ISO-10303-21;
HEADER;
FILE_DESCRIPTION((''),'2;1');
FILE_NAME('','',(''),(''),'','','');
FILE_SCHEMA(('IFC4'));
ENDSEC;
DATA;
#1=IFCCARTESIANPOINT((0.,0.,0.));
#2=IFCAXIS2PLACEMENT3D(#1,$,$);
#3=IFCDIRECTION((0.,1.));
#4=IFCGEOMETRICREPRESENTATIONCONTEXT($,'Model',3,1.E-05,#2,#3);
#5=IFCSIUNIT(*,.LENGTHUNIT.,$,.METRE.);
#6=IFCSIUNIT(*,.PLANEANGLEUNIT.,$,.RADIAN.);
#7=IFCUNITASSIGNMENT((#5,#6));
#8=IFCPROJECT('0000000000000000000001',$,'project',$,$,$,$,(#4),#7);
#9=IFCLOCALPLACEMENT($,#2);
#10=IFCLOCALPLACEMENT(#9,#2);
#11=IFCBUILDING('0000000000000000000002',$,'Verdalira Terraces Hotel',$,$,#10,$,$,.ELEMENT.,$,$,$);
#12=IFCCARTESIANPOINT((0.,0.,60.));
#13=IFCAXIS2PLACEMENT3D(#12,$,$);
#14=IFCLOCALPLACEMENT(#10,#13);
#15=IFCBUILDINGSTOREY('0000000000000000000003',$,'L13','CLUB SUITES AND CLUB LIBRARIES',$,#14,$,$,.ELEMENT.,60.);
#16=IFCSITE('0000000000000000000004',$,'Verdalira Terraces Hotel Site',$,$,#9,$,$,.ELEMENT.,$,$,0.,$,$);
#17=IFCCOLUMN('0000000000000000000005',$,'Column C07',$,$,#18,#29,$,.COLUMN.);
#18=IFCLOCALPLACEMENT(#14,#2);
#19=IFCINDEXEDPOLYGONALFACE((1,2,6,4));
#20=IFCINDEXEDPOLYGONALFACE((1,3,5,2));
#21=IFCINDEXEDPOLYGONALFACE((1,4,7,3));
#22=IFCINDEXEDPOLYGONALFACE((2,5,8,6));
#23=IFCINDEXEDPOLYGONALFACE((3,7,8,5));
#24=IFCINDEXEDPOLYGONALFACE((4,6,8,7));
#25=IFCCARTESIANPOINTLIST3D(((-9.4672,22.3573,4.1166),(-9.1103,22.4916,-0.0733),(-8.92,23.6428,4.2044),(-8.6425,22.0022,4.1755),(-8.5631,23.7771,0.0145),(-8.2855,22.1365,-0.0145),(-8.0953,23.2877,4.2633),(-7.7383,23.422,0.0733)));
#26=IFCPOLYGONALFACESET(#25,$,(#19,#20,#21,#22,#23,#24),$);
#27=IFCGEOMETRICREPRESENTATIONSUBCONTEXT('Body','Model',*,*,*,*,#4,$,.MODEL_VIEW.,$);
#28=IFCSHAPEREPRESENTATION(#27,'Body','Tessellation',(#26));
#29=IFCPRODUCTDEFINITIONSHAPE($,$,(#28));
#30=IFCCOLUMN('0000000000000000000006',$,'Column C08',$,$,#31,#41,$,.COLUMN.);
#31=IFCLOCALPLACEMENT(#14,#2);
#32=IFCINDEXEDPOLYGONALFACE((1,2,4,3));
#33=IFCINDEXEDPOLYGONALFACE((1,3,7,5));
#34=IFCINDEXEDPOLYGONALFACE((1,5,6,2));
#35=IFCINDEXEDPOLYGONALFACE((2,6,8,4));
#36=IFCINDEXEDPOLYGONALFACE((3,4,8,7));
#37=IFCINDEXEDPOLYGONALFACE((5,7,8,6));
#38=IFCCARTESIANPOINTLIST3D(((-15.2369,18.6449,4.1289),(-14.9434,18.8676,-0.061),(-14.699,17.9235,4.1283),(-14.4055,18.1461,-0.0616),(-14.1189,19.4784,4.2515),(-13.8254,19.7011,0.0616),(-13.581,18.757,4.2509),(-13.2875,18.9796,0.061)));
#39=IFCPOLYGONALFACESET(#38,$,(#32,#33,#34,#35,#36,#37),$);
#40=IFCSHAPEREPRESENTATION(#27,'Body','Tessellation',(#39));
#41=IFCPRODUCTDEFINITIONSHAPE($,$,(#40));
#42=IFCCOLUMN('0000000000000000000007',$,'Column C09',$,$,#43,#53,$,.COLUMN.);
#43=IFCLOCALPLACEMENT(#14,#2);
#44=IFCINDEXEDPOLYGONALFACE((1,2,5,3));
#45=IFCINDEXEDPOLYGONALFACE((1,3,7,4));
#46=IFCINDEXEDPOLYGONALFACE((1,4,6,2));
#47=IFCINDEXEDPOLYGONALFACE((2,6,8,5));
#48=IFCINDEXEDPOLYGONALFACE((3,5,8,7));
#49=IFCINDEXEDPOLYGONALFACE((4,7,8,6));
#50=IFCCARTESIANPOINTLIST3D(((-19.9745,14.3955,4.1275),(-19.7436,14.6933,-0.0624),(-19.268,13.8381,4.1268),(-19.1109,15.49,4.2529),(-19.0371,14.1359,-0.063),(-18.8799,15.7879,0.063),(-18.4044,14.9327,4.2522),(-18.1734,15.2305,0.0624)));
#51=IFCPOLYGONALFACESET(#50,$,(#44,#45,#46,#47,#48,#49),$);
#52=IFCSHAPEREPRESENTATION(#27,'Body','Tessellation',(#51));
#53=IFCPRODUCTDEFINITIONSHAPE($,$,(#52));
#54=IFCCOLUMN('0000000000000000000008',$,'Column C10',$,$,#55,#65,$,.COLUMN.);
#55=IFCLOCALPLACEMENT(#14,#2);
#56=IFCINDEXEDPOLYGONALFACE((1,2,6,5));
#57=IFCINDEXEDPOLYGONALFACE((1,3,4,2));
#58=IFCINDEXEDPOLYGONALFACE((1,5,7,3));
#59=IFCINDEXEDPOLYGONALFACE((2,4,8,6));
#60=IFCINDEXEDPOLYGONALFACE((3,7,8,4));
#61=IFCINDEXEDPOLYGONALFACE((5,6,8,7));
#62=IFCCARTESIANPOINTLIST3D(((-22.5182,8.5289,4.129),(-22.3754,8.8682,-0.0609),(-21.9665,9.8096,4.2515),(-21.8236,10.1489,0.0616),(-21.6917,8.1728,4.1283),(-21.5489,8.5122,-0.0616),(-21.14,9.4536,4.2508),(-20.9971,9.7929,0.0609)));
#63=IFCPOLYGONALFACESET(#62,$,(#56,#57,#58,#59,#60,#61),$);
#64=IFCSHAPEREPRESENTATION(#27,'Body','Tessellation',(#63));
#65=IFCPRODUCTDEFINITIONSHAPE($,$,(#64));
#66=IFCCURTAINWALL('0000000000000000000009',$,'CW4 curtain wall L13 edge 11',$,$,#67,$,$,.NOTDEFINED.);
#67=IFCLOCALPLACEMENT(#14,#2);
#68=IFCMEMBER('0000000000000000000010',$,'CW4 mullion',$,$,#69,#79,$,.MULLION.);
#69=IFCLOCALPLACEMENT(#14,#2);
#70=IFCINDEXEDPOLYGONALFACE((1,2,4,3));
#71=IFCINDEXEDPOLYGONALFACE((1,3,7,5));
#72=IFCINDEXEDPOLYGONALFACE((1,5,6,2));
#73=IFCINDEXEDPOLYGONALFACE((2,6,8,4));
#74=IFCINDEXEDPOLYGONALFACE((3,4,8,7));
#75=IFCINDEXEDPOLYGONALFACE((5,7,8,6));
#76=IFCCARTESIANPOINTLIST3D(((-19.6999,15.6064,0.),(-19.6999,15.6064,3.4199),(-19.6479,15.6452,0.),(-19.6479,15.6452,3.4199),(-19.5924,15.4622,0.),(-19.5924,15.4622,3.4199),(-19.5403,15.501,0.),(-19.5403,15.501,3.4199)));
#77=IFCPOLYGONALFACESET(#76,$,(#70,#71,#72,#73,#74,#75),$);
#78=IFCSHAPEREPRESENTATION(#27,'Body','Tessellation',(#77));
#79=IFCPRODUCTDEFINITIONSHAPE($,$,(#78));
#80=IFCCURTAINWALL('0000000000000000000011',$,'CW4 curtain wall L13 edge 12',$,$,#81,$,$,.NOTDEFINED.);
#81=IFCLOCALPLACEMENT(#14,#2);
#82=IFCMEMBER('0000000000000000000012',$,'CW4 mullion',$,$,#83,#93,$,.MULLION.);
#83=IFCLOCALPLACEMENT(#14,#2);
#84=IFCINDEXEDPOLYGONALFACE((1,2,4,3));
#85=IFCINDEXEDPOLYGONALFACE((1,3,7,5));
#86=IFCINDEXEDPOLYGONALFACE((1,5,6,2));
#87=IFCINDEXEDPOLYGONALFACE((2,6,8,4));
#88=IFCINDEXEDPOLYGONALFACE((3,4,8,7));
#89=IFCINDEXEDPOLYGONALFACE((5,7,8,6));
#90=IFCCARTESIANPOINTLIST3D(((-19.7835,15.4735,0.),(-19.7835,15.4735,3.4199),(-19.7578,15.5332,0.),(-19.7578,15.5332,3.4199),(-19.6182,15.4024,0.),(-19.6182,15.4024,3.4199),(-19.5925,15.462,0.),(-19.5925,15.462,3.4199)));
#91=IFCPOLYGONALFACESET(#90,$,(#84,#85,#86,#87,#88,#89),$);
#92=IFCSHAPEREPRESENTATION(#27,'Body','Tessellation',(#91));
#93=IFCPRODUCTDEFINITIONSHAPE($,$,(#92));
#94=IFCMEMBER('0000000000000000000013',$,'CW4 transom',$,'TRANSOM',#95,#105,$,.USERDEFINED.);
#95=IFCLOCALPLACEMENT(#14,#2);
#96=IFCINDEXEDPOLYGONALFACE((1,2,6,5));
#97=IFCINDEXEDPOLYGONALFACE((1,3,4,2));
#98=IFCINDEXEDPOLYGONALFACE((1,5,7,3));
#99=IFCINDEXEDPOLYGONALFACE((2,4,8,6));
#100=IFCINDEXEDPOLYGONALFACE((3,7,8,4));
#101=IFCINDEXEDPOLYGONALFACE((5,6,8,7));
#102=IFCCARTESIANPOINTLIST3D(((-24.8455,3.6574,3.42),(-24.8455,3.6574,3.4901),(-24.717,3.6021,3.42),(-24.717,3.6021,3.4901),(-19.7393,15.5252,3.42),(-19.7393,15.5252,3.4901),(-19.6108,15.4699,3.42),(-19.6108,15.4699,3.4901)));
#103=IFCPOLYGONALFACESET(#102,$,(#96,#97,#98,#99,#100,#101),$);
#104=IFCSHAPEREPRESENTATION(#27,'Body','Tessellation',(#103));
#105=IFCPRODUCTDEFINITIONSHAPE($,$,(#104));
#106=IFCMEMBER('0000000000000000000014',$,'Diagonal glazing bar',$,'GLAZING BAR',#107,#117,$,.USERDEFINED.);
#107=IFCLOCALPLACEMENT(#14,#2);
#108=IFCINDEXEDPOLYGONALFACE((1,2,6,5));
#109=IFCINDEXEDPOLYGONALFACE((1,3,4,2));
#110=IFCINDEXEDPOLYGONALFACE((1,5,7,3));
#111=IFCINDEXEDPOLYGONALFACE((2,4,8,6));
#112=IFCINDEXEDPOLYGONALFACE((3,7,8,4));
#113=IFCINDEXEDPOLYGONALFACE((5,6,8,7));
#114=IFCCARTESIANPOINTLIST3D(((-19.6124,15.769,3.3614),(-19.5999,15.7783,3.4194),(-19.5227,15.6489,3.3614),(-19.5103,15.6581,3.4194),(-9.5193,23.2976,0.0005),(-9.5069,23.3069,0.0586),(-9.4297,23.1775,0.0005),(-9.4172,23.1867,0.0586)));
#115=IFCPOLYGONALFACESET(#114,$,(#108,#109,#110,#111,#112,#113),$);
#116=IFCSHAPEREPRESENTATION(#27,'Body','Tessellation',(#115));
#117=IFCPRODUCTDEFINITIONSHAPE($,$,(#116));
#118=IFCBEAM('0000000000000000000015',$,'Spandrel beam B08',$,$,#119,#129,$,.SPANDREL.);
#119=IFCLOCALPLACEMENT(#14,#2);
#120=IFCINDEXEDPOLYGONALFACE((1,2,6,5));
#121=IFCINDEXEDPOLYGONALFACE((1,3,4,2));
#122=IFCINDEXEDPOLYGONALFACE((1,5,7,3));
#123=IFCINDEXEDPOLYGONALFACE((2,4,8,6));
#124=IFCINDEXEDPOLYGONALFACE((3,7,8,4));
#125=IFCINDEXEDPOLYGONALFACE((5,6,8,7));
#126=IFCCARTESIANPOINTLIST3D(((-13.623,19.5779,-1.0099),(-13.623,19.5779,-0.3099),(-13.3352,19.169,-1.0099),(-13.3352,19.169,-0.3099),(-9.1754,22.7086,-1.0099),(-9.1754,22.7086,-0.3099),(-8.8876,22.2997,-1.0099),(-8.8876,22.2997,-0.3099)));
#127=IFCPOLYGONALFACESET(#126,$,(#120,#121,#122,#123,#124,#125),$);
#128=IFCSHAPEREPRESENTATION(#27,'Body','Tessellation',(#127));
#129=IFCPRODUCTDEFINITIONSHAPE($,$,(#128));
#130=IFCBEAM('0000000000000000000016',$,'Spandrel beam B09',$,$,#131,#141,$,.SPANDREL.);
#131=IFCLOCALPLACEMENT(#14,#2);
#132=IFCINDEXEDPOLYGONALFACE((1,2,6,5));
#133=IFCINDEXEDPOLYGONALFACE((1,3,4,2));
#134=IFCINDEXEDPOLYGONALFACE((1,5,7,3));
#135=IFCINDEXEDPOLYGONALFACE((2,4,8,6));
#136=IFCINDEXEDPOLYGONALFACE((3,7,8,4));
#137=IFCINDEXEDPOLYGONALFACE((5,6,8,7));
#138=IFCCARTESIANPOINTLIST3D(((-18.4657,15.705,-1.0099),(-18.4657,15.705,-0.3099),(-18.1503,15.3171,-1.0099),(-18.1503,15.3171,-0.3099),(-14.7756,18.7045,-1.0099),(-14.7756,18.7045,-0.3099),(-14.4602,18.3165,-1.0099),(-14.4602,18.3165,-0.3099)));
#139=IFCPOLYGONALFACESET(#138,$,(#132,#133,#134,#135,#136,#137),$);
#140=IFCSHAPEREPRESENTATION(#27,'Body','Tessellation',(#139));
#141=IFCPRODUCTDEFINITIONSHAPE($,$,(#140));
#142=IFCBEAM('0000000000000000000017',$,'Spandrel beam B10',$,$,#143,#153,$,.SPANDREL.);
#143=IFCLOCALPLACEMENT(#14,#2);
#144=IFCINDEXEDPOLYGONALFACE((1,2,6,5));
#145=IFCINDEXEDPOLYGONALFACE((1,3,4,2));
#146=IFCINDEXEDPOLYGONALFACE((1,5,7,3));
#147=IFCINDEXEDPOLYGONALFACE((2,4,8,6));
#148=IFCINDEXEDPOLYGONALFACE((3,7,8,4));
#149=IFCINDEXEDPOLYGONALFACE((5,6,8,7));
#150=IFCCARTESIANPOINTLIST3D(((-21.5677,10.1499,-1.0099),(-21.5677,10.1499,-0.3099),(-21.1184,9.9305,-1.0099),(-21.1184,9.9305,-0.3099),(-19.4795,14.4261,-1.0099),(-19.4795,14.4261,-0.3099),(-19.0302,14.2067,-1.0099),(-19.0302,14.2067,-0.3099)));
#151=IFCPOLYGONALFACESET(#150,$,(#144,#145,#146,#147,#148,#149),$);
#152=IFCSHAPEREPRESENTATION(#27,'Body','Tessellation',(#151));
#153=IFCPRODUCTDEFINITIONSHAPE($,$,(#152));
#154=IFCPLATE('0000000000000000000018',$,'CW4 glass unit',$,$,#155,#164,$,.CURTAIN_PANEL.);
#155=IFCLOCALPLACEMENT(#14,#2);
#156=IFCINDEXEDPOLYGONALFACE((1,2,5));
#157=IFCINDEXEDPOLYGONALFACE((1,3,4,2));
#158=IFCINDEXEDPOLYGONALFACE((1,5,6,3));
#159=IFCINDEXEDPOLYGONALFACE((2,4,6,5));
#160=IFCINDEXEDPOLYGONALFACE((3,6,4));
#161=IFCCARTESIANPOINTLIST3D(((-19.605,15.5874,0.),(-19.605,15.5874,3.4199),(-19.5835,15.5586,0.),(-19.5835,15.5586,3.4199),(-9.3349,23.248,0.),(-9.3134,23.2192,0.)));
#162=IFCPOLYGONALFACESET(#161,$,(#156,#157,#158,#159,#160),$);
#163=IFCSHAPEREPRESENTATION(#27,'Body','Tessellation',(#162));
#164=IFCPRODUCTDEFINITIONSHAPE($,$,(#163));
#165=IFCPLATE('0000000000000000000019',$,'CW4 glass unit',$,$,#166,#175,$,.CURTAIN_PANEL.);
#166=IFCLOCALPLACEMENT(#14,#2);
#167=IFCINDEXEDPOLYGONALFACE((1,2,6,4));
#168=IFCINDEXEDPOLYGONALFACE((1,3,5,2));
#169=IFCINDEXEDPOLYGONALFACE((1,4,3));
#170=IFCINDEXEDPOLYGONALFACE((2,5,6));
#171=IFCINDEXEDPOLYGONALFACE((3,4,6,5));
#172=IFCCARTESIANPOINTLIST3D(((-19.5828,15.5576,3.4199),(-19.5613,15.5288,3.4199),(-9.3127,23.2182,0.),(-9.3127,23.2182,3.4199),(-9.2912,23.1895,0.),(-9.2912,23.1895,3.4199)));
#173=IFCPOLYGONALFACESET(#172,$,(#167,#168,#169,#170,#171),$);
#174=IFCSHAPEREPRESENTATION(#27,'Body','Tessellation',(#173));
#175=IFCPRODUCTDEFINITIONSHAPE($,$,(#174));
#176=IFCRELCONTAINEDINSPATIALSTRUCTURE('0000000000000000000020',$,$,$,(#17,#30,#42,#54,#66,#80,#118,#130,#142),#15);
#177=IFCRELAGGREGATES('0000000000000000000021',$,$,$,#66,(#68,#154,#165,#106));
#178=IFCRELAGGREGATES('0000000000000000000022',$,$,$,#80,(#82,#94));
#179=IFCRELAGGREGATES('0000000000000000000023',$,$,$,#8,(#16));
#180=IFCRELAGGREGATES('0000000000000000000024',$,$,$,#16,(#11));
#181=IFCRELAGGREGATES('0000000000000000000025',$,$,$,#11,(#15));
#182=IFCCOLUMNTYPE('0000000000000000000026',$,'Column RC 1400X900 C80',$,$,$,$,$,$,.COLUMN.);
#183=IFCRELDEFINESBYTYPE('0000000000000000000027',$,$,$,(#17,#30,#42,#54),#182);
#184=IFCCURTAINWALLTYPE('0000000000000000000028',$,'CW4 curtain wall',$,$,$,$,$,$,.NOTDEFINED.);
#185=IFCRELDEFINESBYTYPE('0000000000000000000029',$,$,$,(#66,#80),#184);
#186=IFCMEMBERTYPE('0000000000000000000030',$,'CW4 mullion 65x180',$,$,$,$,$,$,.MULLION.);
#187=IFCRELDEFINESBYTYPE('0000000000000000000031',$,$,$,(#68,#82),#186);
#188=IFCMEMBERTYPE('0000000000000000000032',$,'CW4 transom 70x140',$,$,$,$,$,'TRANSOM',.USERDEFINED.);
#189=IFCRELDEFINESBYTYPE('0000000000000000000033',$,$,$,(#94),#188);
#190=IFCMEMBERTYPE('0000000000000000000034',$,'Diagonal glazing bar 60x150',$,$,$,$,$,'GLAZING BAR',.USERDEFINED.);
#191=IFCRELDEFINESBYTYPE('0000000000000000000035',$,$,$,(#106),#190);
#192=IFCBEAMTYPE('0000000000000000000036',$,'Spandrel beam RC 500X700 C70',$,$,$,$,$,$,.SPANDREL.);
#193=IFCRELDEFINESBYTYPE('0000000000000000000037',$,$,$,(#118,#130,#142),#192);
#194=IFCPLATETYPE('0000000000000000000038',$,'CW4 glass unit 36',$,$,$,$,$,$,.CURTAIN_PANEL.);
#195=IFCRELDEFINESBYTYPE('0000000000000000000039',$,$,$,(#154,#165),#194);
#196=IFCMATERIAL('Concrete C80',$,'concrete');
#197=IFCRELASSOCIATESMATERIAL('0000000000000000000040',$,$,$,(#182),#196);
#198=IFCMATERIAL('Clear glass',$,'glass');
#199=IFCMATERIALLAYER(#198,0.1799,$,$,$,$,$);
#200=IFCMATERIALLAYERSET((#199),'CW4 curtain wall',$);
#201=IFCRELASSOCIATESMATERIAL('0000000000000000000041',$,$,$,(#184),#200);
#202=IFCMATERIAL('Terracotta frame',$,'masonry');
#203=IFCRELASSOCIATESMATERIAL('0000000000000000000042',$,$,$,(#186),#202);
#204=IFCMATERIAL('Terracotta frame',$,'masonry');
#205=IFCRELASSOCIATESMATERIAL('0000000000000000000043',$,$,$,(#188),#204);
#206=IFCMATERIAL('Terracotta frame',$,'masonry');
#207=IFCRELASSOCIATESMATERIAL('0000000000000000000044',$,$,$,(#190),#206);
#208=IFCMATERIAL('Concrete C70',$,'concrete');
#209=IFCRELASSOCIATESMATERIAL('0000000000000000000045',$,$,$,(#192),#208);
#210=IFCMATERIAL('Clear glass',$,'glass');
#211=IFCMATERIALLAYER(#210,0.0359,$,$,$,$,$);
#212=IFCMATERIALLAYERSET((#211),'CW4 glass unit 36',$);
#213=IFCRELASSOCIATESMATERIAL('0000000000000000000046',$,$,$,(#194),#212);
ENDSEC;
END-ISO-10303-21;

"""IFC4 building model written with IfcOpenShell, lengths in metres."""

from ifc_helpers import new_model, si_unit, direction, frame, origin, origin_2d, place, context, subcontext, project, spatial, polyline, rectangle, outline, extrude, material, layer, layer_set, material_profile, profile_set, type_object, element, aggregate, save


model = new_model("IFC4")

# Units and contexts
model_context = context("Model", 3, precision=1e-05, world=origin(), true_north=direction((0.0, 1.0)))
body_context = subcontext(model_context, "Body", "Model", "MODEL_VIEW")
ifc_project = project(units=[si_unit("LENGTHUNIT", "METRE"), si_unit("PLANEANGLEUNIT", "RADIAN")], contexts=[model_context])

# Site, building, storey
site_placement = place(None, origin())
site = spatial("IfcSite", under=ifc_project, at=site_placement, Name="Verdalira Terraces Hotel Site", CompositionType="ELEMENT", RefElevation=0.0)
building_placement = place(site_placement, origin())
building = spatial("IfcBuilding", under=site, at=building_placement, Name="Verdalira Terraces Hotel", CompositionType="ELEMENT")
storey_placement = place(building_placement, frame((0.0, 0.0, 60.0)))
storey = spatial("IfcBuildingStorey", under=building, at=storey_placement, Name="L13", Description="CLUB SUITES AND CLUB LIBRARIES", CompositionType="ELEMENT", Elevation=60.0)

# Columns
ifc_material_1 = material(Name="Concrete C80", Category="concrete")
ifc_material_profile_1 = material_profile(ifc_material_1, rectangle(XDim=1.3999, YDim=0.8999, at=origin_2d()), Name="RC 1400X900")
ifc_profile_set_1 = profile_set([ifc_material_profile_1], Name="Concrete C80")
column_type = type_object("IfcColumnType", Name="Column RC 1400X900 C80", PredefinedType="COLUMN", material=ifc_profile_set_1)
column_1_placement = place(storey_placement, frame((-8.4243, 22.9568, 0.0), z_axis=(-0.084838, -0.031916, 0.995884), x_axis=(0.390903, 0.918292, 0.062729)))
element("IfcColumn", 1, at=column_1_placement, inside=storey, type_object=column_type, Name="Column C07", PredefinedType="COLUMN", context=body_context, shape_type="SweptSolid", body=[
    extrude(rectangle(XDim=1.3999, YDim=0.8999, at=origin_2d()), origin(), (0.0, 0.0, 1.0), 4.2073),
])
column_2_placement = place(storey_placement, frame((-14.1155, 18.9236, 0.0), z_axis=(-0.069769, -0.052936, 0.996158), x_axis=(-0.798642, -0.5954, -0.087576)))
element("IfcColumn", 2, at=column_2_placement, inside=storey, type_object=column_type, Name="Column C08", PredefinedType="COLUMN", context=body_context, shape_type="SweptSolid", body=[
    extrude(rectangle(XDim=1.3999, YDim=0.8999, at=origin_2d()), origin(), (0.0, 0.0, 1.0), 4.2061),
])
column_3_placement = place(storey_placement, frame((-18.9585, 14.9619, 0.0), z_axis=(-0.0549, -0.070801, 0.995978), x_axis=(0.616935, 0.781899, 0.08959)))
element("IfcColumn", 3, at=column_3_placement, inside=storey, type_object=column_type, Name="Column C09", PredefinedType="COLUMN", context=body_context, shape_type="SweptSolid", body=[
    extrude(rectangle(XDim=1.3999, YDim=0.8999, at=origin_2d()), origin(), (0.0, 0.0, 1.0), 4.2068),
])
column_4_placement = place(storey_placement, frame((-21.6863, 9.3306, 0.0), z_axis=(-0.033956, -0.080682, 0.996161), x_axis=(-0.394158, -0.914865, -0.087533)))
element("IfcColumn", 4, at=column_4_placement, inside=storey, type_object=column_type, Name="Column C10", PredefinedType="COLUMN", context=body_context, shape_type="SweptSolid", body=[
    extrude(rectangle(XDim=1.3999, YDim=0.8999, at=origin_2d()), origin(), (0.0, 0.0, 1.0), 4.2061),
])

# Curtain wall, member
ifc_material_2 = material(Name="Clear glass", Category="glass")
ifc_layer_1 = layer(ifc_material_2, 0.1799)
ifc_layer_set_1 = layer_set([ifc_layer_1], Name="CW4 curtain wall")
curtain_wall_type = type_object("IfcCurtainWallType", Name="CW4 curtain wall", PredefinedType="NOTDEFINED", material=ifc_layer_set_1)
curtain_wall_1_placement = place(storey_placement, origin())
curtain_wall_1 = element("IfcCurtainWall", 5, at=curtain_wall_1_placement, inside=storey, type_object=curtain_wall_type, Name="CW4 curtain wall L13 edge 11", PredefinedType="NOTDEFINED")
ifc_material_3 = material(Name="Terracotta frame", Category="masonry")
ifc_material_profile_2 = material_profile(ifc_material_3, rectangle(XDim=0.0649, YDim=0.1799, at=origin_2d()), Name="MU 65x180")
ifc_profile_set_2 = profile_set([ifc_material_profile_2], Name="Terracotta frame")
member_type_1 = type_object("IfcMemberType", Name="CW4 mullion 65x180", PredefinedType="MULLION", material=ifc_profile_set_2)
member_1_placement = place(storey_placement, frame((-19.6201, 15.5537, 0.0), z_axis=(0.0, 0.0, 1.0), x_axis=(-0.801567, -0.597905, 0.0)))
member_1 = element("IfcMember", 6, at=member_1_placement, type_object=member_type_1, Name="CW4 mullion", PredefinedType="MULLION", context=body_context, shape_type="SweptSolid", body=[
    extrude(rectangle(XDim=0.0649, YDim=0.1799, at=origin_2d()), origin(), (0.0, 0.0, 1.0), 3.4199),
])

# Curtain wall, members
curtain_wall_2_placement = place(storey_placement, origin())
curtain_wall_2 = element("IfcCurtainWall", 7, at=curtain_wall_2_placement, inside=storey, type_object=curtain_wall_type, Name="CW4 curtain wall L13 edge 12", PredefinedType="NOTDEFINED")
member_2_placement = place(storey_placement, frame((-19.688, 15.4678, 0.0), z_axis=(0.0, 0.0, 1.0), x_axis=(-0.395225, -0.918584, 0.0)))
member_2 = element("IfcMember", 8, at=member_2_placement, type_object=member_type_1, Name="CW4 mullion", PredefinedType="MULLION", context=body_context, shape_type="SweptSolid", body=[
    extrude(rectangle(XDim=0.0649, YDim=0.1799, at=origin_2d()), origin(), (0.0, 0.0, 1.0), 3.4199),
])
ifc_material_4 = material(Name="Terracotta frame", Category="masonry")
ifc_material_profile_3 = material_profile(ifc_material_4, rectangle(XDim=0.1399, YDim=0.0701, at=origin_2d()), Name="TR 70x140")
ifc_profile_set_3 = profile_set([ifc_material_profile_3], Name="Terracotta frame")
member_type_2 = type_object("IfcMemberType", Name="CW4 transom 70x140", ElementType="TRANSOM", PredefinedType="USERDEFINED", material=ifc_profile_set_3)
member_3_placement = place(storey_placement, frame((-19.675, 15.4976, 3.4551), z_axis=(-0.39523, -0.918582, 0.0), x_axis=(0.918582, -0.39523, 0.0)))
member_3 = element("IfcMember", 9, at=member_3_placement, type_object=member_type_2, Name="CW4 transom", ObjectType="TRANSOM", PredefinedType="USERDEFINED", context=body_context, shape_type="SweptSolid", body=[
    extrude(rectangle(XDim=0.1399, YDim=0.0701, at=origin_2d()), origin(), (0.0, 0.0, 1.0), 12.9197),
])

# Member
ifc_material_5 = material(Name="Terracotta frame", Category="masonry")
ifc_material_profile_4 = material_profile(ifc_material_5, rectangle(XDim=0.1499, YDim=0.0601, at=origin_2d()), Name="GB 60x150")
ifc_profile_set_4 = profile_set([ifc_material_profile_4], Name="Terracotta frame")
member_type_3 = type_object("IfcMemberType", Name="Diagonal glazing bar 60x150", ElementType="GLAZING BAR", PredefinedType="USERDEFINED", material=ifc_profile_set_4)
member_4_placement = place(storey_placement, frame((-9.4683, 23.2422, 0.0295), z_axis=(-0.774456, -0.57768, 0.257883), x_axis=(0.597904, -0.801568, 0.0)))
member_4 = element("IfcMember", 10, at=member_4_placement, type_object=member_type_3, Name="Diagonal glazing bar", ObjectType="GLAZING BAR", PredefinedType="USERDEFINED", context=body_context, shape_type="SweptSolid", body=[
    extrude(rectangle(XDim=0.1499, YDim=0.0601, at=origin_2d()), origin(), (0.0, 0.0, 1.0), 13.0325),
])

# Beams
ifc_material_6 = material(Name="Concrete C70", Category="concrete")
ifc_material_profile_5 = material_profile(ifc_material_6, rectangle(XDim=0.5, YDim=0.7, at=origin_2d()), Name="RC 500X700")
ifc_profile_set_5 = profile_set([ifc_material_profile_5], Name="Concrete C70")
beam_type = type_object("IfcBeamType", Name="Spandrel beam RC 500X700 C70", PredefinedType="SPANDREL", material=ifc_profile_set_5)
beam_1_placement = place(storey_placement, frame((-9.0315, 22.5041, -0.6599), z_axis=(-0.81773, -0.575602, 0.0), x_axis=(0.575602, -0.81773, 0.0)))
element("IfcBeam", 11, at=beam_1_placement, inside=storey, type_object=beam_type, Name="Spandrel beam B08", PredefinedType="SPANDREL", context=body_context, shape_type="SweptSolid", body=[
    extrude(rectangle(XDim=0.5, YDim=0.7, at=origin_2d()), origin(), (0.0, 0.0, 1.0), 5.439),
])
beam_2_placement = place(storey_placement, frame((-14.6179, 18.5105, -0.6599), z_axis=(-0.775987, -0.630749, 0.0), x_axis=(0.630749, -0.775987, 0.0)))
element("IfcBeam", 12, at=beam_2_placement, inside=storey, type_object=beam_type, Name="Spandrel beam B09", PredefinedType="SPANDREL", context=body_context, shape_type="SweptSolid", body=[
    extrude(rectangle(XDim=0.5, YDim=0.7, at=origin_2d()), origin(), (0.0, 0.0, 1.0), 4.7554),
])
beam_3_placement = place(storey_placement, frame((-19.2549, 14.3164, -0.6599), z_axis=(-0.438801, -0.898584, 0.0), x_axis=(0.898584, -0.438801, 0.0)))
element("IfcBeam", 13, at=beam_3_placement, inside=storey, type_object=beam_type, Name="Spandrel beam B10", PredefinedType="SPANDREL", context=body_context, shape_type="SweptSolid", body=[
    extrude(rectangle(XDim=0.5, YDim=0.7, at=origin_2d()), origin(), (0.0, 0.0, 1.0), 4.7588),
])

# Plates
ifc_material_7 = material(Name="Clear glass", Category="glass")
ifc_layer_2 = layer(ifc_material_7, 0.0359)
ifc_layer_set_2 = layer_set([ifc_layer_2], Name="CW4 glass unit 36")
plate_type = type_object("IfcPlateType", Name="CW4 glass unit 36", PredefinedType="CURTAIN_PANEL", material=ifc_layer_set_2)
plate_1_placement = place(storey_placement, frame((-14.4485, 19.3889, 1.71), z_axis=(-0.597905, 0.801567, 0.0), x_axis=(-0.801567, -0.597905, 0.0)))
plate_1 = element("IfcPlate", 14, at=plate_1_placement, type_object=plate_type, Name="CW4 glass unit", PredefinedType="CURTAIN_PANEL", context=body_context, shape_type="SweptSolid", body=[
    extrude(outline(polyline([(-6.4062, -1.71), (6.4062, -1.71), (6.4062, 1.71), (-6.4062, -1.71)])), origin(), (0.0, 0.0, 1.0), 0.0359),
])
plate_2_placement = place(storey_placement, frame((-14.4263, 19.3591, 1.71), z_axis=(-0.597905, 0.801567, 0.0), x_axis=(-0.801567, -0.597905, 0.0)))
plate_2 = element("IfcPlate", 15, at=plate_2_placement, type_object=plate_type, Name="CW4 glass unit", PredefinedType="CURTAIN_PANEL", context=body_context, shape_type="SweptSolid", body=[
    extrude(outline(polyline([(-6.4062, -1.71), (6.4062, 1.71), (-6.4062, 1.71), (-6.4062, -1.71)])), origin(), (0.0, 0.0, 1.0), 0.0359),
])
aggregate(curtain_wall_1, [member_1, plate_1, plate_2, member_4])
aggregate(curtain_wall_2, [member_2, member_3])

save(model, "model.ifc")
